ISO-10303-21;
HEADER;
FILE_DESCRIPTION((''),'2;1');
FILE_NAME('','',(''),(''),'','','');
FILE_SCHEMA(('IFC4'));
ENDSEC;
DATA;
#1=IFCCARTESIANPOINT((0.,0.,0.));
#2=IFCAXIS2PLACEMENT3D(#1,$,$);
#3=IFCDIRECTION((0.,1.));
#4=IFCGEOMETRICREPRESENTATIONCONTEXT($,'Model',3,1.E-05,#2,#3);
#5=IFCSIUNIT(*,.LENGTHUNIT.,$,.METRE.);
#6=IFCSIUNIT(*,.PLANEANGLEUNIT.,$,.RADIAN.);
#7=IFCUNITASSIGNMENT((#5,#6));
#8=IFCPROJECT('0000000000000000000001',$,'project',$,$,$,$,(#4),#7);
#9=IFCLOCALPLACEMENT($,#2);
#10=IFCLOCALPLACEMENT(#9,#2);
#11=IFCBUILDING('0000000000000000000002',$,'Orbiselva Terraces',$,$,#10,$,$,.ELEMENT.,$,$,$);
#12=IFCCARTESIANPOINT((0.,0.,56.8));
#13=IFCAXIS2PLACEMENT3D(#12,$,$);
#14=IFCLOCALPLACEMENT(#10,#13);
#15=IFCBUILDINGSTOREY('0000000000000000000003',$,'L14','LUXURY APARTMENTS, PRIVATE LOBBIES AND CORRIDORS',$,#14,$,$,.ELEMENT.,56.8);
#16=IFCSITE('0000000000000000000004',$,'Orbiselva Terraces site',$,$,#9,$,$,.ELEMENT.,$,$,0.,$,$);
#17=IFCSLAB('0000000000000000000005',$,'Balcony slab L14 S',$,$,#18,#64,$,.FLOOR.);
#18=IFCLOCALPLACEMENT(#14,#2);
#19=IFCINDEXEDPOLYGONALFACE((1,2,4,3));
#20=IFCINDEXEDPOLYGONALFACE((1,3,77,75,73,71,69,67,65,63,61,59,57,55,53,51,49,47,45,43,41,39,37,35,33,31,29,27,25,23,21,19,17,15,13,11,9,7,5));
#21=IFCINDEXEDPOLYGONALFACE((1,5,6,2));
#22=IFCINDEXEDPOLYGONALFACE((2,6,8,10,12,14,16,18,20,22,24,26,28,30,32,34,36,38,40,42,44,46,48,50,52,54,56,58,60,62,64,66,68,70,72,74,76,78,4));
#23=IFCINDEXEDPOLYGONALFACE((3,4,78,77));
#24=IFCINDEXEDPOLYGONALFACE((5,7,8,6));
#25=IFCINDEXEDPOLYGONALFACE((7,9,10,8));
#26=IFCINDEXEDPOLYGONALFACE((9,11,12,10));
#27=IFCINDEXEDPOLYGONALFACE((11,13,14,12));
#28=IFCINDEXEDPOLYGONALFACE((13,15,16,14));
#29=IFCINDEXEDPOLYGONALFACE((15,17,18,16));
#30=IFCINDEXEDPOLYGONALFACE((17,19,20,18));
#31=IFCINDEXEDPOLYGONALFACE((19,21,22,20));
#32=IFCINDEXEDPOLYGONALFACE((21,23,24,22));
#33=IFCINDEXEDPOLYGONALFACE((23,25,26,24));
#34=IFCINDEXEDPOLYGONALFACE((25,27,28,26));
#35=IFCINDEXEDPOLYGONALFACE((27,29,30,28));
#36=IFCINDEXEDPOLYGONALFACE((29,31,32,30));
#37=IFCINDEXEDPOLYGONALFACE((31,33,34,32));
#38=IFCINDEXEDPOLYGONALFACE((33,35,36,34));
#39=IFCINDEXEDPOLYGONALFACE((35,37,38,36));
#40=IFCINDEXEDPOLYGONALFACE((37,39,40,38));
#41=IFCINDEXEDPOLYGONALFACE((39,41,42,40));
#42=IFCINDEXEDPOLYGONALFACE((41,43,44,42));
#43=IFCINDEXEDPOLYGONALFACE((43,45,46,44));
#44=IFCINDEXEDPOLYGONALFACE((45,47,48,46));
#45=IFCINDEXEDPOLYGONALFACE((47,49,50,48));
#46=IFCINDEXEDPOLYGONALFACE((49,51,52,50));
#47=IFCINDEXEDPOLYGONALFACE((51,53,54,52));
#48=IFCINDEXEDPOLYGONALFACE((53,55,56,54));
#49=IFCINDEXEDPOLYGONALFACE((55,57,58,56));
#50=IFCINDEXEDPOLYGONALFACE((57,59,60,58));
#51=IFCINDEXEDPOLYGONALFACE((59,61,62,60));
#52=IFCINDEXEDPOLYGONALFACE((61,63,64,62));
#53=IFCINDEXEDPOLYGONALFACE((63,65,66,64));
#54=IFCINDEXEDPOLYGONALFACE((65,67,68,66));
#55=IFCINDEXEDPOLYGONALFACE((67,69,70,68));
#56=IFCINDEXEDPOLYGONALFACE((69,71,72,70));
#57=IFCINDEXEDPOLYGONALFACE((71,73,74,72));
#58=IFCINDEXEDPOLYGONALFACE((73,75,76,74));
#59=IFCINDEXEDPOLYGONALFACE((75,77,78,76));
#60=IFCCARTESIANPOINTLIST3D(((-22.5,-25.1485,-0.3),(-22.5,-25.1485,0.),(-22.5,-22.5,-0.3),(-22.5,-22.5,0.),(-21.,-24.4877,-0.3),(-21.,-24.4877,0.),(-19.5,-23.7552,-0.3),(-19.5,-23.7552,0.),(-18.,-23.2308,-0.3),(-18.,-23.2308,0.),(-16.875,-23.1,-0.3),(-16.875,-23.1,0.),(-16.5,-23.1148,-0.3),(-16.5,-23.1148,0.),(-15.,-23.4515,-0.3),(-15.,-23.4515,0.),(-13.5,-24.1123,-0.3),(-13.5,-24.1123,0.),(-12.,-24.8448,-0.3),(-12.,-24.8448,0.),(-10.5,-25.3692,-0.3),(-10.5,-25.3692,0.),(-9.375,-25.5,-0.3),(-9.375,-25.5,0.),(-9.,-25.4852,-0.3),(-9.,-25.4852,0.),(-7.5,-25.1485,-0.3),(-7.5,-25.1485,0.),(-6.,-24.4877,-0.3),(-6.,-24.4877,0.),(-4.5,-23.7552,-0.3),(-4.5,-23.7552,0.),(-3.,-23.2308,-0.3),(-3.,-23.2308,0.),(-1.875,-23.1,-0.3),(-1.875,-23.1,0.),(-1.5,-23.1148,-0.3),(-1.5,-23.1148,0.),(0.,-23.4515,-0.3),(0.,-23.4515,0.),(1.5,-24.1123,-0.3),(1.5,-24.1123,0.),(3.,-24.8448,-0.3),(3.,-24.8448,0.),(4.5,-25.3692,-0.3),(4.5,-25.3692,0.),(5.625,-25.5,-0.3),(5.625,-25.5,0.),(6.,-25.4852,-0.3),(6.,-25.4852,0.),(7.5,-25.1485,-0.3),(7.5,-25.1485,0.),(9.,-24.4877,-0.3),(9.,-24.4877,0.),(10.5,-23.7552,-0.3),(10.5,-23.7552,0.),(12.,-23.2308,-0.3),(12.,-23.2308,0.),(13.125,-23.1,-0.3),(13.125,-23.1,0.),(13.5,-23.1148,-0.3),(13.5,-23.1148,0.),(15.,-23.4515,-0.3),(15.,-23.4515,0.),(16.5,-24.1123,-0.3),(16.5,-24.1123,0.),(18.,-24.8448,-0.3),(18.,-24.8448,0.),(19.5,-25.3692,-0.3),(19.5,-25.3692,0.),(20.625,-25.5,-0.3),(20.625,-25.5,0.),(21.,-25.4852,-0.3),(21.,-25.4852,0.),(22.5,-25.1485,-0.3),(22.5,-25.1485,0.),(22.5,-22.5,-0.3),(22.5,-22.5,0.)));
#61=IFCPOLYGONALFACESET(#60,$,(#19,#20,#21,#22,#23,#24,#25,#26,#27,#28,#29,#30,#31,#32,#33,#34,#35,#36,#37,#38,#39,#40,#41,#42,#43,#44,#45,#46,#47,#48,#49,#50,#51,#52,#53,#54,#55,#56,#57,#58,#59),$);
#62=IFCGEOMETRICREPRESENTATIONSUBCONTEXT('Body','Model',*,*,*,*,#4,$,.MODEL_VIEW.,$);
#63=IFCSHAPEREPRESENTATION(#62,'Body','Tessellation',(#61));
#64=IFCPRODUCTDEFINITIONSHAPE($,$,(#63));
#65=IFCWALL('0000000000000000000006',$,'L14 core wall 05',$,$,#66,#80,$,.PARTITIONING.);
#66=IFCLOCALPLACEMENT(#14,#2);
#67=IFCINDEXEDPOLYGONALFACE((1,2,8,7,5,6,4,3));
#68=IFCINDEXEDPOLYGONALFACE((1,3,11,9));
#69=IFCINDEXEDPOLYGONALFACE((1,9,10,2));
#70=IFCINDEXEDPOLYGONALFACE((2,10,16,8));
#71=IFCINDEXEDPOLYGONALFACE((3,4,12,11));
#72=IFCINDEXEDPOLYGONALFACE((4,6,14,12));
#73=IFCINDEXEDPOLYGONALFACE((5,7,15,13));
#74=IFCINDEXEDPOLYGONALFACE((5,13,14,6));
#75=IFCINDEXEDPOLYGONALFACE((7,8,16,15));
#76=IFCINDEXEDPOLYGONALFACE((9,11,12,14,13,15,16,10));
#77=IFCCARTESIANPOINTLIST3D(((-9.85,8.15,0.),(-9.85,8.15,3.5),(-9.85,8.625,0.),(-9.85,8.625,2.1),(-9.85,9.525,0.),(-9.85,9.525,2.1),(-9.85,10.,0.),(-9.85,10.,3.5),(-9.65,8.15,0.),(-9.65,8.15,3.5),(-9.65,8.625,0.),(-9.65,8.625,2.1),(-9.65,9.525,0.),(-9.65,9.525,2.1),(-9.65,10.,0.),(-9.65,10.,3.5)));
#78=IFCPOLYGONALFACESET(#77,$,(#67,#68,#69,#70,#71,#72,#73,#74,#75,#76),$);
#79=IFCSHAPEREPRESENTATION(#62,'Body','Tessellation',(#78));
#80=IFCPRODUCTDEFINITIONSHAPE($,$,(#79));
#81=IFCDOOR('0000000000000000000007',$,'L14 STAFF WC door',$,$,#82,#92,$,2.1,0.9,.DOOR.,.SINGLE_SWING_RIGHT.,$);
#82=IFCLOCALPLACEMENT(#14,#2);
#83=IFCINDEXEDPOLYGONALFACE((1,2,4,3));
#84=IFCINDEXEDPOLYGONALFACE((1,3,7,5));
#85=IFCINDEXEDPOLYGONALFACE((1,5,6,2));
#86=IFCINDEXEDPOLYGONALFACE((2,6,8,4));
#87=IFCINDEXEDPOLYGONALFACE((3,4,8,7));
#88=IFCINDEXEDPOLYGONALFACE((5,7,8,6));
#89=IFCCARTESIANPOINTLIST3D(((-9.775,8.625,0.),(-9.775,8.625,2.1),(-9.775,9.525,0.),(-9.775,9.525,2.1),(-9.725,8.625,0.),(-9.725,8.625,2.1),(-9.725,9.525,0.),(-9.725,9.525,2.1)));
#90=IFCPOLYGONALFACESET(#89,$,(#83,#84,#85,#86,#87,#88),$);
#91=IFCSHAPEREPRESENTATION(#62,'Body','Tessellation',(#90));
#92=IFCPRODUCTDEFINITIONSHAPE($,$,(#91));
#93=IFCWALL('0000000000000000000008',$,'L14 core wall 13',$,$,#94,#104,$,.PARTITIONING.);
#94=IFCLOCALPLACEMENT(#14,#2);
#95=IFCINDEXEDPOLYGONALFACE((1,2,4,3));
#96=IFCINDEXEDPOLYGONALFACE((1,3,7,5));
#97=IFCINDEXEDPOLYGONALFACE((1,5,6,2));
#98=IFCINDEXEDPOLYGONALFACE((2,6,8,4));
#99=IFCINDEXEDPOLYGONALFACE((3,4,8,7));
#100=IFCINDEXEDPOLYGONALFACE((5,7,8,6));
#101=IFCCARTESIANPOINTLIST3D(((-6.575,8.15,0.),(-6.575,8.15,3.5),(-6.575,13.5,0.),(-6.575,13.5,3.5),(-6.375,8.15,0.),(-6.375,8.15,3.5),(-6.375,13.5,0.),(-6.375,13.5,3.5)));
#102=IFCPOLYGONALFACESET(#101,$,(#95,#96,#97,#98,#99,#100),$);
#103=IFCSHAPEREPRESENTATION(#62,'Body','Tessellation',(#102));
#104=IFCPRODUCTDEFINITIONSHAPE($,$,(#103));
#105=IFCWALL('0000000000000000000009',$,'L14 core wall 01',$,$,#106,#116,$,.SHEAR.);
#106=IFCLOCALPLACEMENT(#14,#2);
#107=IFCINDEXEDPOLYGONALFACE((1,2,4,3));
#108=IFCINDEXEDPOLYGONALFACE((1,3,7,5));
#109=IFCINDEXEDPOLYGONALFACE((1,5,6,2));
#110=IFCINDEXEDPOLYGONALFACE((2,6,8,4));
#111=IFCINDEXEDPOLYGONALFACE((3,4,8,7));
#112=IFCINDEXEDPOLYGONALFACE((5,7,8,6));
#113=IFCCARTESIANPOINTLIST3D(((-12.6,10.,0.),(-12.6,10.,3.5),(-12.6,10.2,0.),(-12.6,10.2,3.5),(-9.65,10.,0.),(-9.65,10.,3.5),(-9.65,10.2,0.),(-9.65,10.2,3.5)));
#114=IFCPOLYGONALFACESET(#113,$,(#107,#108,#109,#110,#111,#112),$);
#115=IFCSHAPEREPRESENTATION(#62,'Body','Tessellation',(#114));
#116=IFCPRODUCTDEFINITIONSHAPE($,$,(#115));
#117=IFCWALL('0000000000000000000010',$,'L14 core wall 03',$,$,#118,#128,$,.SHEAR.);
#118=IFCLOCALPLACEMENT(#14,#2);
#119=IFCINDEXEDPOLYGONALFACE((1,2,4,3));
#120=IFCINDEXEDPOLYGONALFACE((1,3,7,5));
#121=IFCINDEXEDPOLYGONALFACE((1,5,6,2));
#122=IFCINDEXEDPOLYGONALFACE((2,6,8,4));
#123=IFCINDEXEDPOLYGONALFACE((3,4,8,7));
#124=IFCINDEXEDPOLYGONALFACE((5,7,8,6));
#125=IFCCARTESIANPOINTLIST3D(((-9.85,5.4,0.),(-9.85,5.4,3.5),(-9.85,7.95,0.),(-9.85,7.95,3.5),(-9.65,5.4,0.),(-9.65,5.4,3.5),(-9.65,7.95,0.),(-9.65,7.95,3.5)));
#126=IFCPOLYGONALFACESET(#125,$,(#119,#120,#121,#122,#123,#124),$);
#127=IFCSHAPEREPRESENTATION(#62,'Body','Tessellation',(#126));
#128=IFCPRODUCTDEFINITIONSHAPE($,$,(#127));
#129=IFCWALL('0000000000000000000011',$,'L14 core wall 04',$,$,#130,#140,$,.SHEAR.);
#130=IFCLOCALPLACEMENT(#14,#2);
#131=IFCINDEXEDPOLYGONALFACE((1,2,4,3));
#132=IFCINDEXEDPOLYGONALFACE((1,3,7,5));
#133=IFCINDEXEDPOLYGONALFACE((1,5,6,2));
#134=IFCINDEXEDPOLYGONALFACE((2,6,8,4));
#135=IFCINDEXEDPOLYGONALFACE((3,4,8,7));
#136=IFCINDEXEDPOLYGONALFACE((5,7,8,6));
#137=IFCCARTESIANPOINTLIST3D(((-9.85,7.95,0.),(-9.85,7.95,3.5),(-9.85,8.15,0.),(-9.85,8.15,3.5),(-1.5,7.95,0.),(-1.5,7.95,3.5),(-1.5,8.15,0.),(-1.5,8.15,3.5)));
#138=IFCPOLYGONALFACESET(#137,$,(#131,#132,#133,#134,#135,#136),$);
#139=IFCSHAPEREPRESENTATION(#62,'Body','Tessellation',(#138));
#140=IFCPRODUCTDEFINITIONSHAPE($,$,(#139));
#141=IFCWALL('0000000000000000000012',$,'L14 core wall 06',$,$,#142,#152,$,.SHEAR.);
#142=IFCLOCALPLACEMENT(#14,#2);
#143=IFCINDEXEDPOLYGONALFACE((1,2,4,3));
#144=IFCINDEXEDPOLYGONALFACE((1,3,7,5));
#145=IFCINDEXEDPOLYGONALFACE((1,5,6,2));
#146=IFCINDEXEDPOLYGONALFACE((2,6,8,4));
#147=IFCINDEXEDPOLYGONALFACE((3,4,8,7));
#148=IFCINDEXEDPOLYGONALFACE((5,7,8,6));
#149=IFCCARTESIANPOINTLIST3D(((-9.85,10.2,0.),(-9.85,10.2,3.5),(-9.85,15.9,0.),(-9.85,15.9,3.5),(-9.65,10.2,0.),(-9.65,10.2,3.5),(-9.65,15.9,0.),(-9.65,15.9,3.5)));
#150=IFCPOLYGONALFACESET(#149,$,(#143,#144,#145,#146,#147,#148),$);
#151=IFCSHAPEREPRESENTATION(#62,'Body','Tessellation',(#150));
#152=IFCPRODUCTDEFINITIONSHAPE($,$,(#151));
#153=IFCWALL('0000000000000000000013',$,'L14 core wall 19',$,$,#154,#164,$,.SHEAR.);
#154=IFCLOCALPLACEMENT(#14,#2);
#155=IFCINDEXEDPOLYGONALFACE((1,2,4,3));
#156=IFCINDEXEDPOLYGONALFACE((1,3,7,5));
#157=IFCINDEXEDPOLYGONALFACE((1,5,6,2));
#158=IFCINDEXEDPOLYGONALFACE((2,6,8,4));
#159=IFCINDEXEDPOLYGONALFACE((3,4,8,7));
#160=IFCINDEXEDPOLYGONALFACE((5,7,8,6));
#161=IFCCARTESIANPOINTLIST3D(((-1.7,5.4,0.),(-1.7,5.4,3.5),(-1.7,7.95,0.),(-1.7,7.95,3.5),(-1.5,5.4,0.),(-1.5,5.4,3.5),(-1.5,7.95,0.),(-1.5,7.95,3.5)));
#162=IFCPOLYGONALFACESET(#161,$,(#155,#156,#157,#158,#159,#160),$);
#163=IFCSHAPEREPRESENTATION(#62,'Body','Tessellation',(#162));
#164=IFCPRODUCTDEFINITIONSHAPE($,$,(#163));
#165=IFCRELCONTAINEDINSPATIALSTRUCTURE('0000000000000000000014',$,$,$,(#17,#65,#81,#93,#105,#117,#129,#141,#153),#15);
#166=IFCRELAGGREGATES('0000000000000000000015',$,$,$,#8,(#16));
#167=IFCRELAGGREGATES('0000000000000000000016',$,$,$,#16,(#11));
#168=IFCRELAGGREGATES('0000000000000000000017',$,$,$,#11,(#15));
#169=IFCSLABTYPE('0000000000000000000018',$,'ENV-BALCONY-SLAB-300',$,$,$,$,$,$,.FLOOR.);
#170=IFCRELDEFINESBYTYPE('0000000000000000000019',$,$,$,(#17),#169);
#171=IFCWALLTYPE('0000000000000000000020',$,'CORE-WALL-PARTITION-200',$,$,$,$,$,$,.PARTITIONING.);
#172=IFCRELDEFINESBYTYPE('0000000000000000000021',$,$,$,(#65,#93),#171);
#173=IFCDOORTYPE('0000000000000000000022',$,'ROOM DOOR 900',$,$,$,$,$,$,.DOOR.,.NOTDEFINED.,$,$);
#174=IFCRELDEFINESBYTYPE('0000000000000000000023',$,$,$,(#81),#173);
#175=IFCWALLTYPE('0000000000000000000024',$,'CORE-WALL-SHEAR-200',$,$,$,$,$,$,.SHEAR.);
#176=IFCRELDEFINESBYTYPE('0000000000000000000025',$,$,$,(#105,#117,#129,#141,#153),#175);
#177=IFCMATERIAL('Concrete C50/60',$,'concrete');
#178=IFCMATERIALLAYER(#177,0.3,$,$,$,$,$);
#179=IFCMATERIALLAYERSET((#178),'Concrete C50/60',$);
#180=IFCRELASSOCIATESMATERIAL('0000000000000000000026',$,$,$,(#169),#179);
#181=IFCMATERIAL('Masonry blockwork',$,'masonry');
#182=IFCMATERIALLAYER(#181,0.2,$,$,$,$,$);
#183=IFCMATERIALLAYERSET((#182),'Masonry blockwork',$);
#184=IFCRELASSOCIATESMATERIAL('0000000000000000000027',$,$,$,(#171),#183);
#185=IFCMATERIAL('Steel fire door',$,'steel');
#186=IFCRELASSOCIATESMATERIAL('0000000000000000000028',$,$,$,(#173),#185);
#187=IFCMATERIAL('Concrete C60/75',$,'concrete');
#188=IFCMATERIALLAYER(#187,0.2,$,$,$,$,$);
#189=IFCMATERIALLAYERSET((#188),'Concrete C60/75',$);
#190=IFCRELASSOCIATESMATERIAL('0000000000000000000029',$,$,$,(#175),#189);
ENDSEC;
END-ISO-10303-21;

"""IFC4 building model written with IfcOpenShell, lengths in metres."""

from ifc_helpers import new_model, si_unit, direction, frame, frame_2d, origin, place, context, subcontext, project, spatial, polyline, rectangle, outline, extrude, material, layer, layer_set, type_object, element, fill, save


model = new_model("IFC4")

# Units and contexts
model_context = context("Model", 3, precision=1e-05, world=origin(), true_north=direction((0.0, 1.0)))
body_context = subcontext(model_context, "Body", "Model", "MODEL_VIEW")
ifc_project = project(units=[si_unit("LENGTHUNIT", "METRE"), si_unit("PLANEANGLEUNIT", "RADIAN")], contexts=[model_context])

# Site, building, storey
site_placement = place(None, origin())
site = spatial("IfcSite", under=ifc_project, at=site_placement, Name="Orbiselva Terraces site", CompositionType="ELEMENT", RefElevation=0.0)
building_placement = place(site_placement, origin())
building = spatial("IfcBuilding", under=site, at=building_placement, Name="Orbiselva Terraces", CompositionType="ELEMENT")
storey_placement = place(building_placement, frame((0.0, 0.0, 56.8)))
storey = spatial("IfcBuildingStorey", under=building, at=storey_placement, Name="L14", Description="LUXURY APARTMENTS, PRIVATE LOBBIES AND CORRIDORS", CompositionType="ELEMENT", Elevation=56.8)

# Slab
ifc_material_1 = material(Name="Concrete C50/60", Category="concrete")
ifc_layer_1 = layer(ifc_material_1, 0.3)
ifc_layer_set_1 = layer_set([ifc_layer_1], Name="Concrete C50/60")
slab_type = type_object("IfcSlabType", Name="ENV-BALCONY-SLAB-300", PredefinedType="FLOOR", material=ifc_layer_set_1)
slab_placement = place(storey_placement, frame((0.0, 0.0, -0.3)))
element("IfcSlab", 1, at=slab_placement, inside=storey, type_object=slab_type, Name="Balcony slab L14 S", PredefinedType="FLOOR", context=body_context, shape_type="SweptSolid", body=[
    extrude(outline(polyline([(-22.5, -25.1485), (-21.0, -24.4877), (-19.5, -23.7552), (-18.0, -23.2308), (-16.875, -23.1), (-16.5, -23.1148), (-15.0, -23.4515), (-13.5, -24.1123), (-12.0, -24.8448), (-10.5, -25.3692), (-9.375, -25.5), (-9.0, -25.4852), (-7.5, -25.1485), (-6.0, -24.4877), (-4.5, -23.7552), (-3.0, -23.2308), (-1.875, -23.1), (-1.5, -23.1148), (0.0, -23.4515), (1.5, -24.1123), (3.0, -24.8448), (4.5, -25.3692), (5.625, -25.5), (6.0, -25.4852), (7.5, -25.1485), (9.0, -24.4877), (10.5, -23.7552), (12.0, -23.2308), (13.125, -23.1), (13.5, -23.1148), (15.0, -23.4515), (16.5, -24.1123), (18.0, -24.8448), (19.5, -25.3692), (20.625, -25.5), (21.0, -25.4852), (22.5, -25.1485), (22.5, -22.5), (-22.5, -22.5), (-22.5, -25.1485)])), origin(), (0.0, 0.0, 1.0), 0.3),
])

# Wall, opening, door
ifc_material_2 = material(Name="Masonry blockwork", Category="masonry")
ifc_layer_2 = layer(ifc_material_2, 0.2)
ifc_layer_set_2 = layer_set([ifc_layer_2], Name="Masonry blockwork")
wall_type_1 = type_object("IfcWallType", Name="CORE-WALL-PARTITION-200", PredefinedType="PARTITIONING", material=ifc_layer_set_2)
wall_1_placement = place(storey_placement, frame((-9.75, 8.15, 0.0), z_axis=(0.0, 0.0, 1.0), x_axis=(0.0, 1.0, 0.0)))
wall_1 = element("IfcWall", 2, at=wall_1_placement, inside=storey, type_object=wall_type_1, Name="L14 core wall 05", PredefinedType="PARTITIONING", context=body_context, shape_type="SweptSolid", body=[
    extrude(rectangle(XDim=1.85, YDim=0.2, at=frame_2d((0.925, 0.0))), origin(), (0.0, 0.0, 1.0), 3.5),
])
opening_1_placement = place(wall_1_placement, frame((0.475, 0.0, 0.0)))
opening_1 = element("IfcOpeningElement", 3, at=opening_1_placement, cuts=wall_1, PredefinedType="OPENING", context=body_context, shape_type="SweptSolid", body=[
    extrude(rectangle(XDim=0.9, YDim=2.1, at=frame_2d((0.45, 1.05))), frame((0.0, 0.11, 0.0), z_axis=(0.0, -1.0, 0.0), x_axis=(1.0, 0.0, 0.0)), (0.0, 0.0, 1.0), 0.22),
])
ifc_material_3 = material(Name="Steel fire door", Category="steel")
door_type = type_object("IfcDoorType", Name="ROOM DOOR 900", OperationType="NOTDEFINED", PredefinedType="DOOR", material=ifc_material_3)
door_1_placement = place(opening_1_placement, origin())
door_1 = element("IfcDoor", 4, at=door_1_placement, inside=storey, type_object=door_type, Name="L14 STAFF WC door", OperationType="SINGLE_SWING_RIGHT", OverallHeight=2.1, OverallWidth=0.9, PredefinedType="DOOR", context=body_context, shape_type="SweptSolid", body=[
    extrude(rectangle(XDim=0.9, YDim=2.1, at=frame_2d((0.45, 1.05))), frame((0.0, 0.025, 0.0), z_axis=(0.0, -1.0, 0.0), x_axis=(1.0, 0.0, 0.0)), (0.0, 0.0, 1.0), 0.05),
])
fill(opening_1, door_1)

# Walls
wall_2_placement = place(storey_placement, frame((-6.475, 8.15, 0.0), z_axis=(0.0, 0.0, 1.0), x_axis=(0.0, 1.0, 0.0)))
element("IfcWall", 5, at=wall_2_placement, inside=storey, type_object=wall_type_1, Name="L14 core wall 13", PredefinedType="PARTITIONING", context=body_context, shape_type="SweptSolid", body=[
    extrude(rectangle(XDim=5.35, YDim=0.2, at=frame_2d((2.675, 0.0))), origin(), (0.0, 0.0, 1.0), 3.5),
])
ifc_material_4 = material(Name="Concrete C60/75", Category="concrete")
ifc_layer_3 = layer(ifc_material_4, 0.2)
ifc_layer_set_3 = layer_set([ifc_layer_3], Name="Concrete C60/75")
wall_type_2 = type_object("IfcWallType", Name="CORE-WALL-SHEAR-200", PredefinedType="SHEAR", material=ifc_layer_set_3)
wall_3_placement = place(storey_placement, frame((-12.6, 10.1, 0.0), z_axis=(0.0, 0.0, 1.0), x_axis=(1.0, 0.0, 0.0)))
element("IfcWall", 6, at=wall_3_placement, inside=storey, type_object=wall_type_2, Name="L14 core wall 01", PredefinedType="SHEAR", context=body_context, shape_type="SweptSolid", body=[
    extrude(rectangle(XDim=2.95, YDim=0.2, at=frame_2d((1.475, 0.0))), origin(), (0.0, 0.0, 1.0), 3.5),
])
wall_4_placement = place(storey_placement, frame((-9.75, 5.4, 0.0), z_axis=(0.0, 0.0, 1.0), x_axis=(0.0, 1.0, 0.0)))
element("IfcWall", 7, at=wall_4_placement, inside=storey, type_object=wall_type_2, Name="L14 core wall 03", PredefinedType="SHEAR", context=body_context, shape_type="SweptSolid", body=[
    extrude(rectangle(XDim=2.55, YDim=0.2, at=frame_2d((1.275, 0.0))), origin(), (0.0, 0.0, 1.0), 3.5),
])
wall_5_placement = place(storey_placement, frame((-9.85, 8.05, 0.0), z_axis=(0.0, 0.0, 1.0), x_axis=(1.0, 0.0, 0.0)))
element("IfcWall", 8, at=wall_5_placement, inside=storey, type_object=wall_type_2, Name="L14 core wall 04", PredefinedType="SHEAR", context=body_context, shape_type="SweptSolid", body=[
    extrude(rectangle(XDim=8.35, YDim=0.2, at=frame_2d((4.175, 0.0))), origin(), (0.0, 0.0, 1.0), 3.5),
])
wall_6_placement = place(storey_placement, frame((-9.75, 10.2, 0.0), z_axis=(0.0, 0.0, 1.0), x_axis=(0.0, 1.0, 0.0)))
element("IfcWall", 9, at=wall_6_placement, inside=storey, type_object=wall_type_2, Name="L14 core wall 06", PredefinedType="SHEAR", context=body_context, shape_type="SweptSolid", body=[
    extrude(rectangle(XDim=5.7, YDim=0.2, at=frame_2d((2.85, 0.0))), origin(), (0.0, 0.0, 1.0), 3.5),
])
wall_7_placement = place(storey_placement, frame((-1.6, 5.4, 0.0), z_axis=(0.0, 0.0, 1.0), x_axis=(0.0, 1.0, 0.0)))
element("IfcWall", 10, at=wall_7_placement, inside=storey, type_object=wall_type_2, Name="L14 core wall 19", PredefinedType="SHEAR", context=body_context, shape_type="SweptSolid", body=[
    extrude(rectangle(XDim=2.55, YDim=0.2, at=frame_2d((1.275, 0.0))), origin(), (0.0, 0.0, 1.0), 3.5),
])

save(model, "model.ifc")
